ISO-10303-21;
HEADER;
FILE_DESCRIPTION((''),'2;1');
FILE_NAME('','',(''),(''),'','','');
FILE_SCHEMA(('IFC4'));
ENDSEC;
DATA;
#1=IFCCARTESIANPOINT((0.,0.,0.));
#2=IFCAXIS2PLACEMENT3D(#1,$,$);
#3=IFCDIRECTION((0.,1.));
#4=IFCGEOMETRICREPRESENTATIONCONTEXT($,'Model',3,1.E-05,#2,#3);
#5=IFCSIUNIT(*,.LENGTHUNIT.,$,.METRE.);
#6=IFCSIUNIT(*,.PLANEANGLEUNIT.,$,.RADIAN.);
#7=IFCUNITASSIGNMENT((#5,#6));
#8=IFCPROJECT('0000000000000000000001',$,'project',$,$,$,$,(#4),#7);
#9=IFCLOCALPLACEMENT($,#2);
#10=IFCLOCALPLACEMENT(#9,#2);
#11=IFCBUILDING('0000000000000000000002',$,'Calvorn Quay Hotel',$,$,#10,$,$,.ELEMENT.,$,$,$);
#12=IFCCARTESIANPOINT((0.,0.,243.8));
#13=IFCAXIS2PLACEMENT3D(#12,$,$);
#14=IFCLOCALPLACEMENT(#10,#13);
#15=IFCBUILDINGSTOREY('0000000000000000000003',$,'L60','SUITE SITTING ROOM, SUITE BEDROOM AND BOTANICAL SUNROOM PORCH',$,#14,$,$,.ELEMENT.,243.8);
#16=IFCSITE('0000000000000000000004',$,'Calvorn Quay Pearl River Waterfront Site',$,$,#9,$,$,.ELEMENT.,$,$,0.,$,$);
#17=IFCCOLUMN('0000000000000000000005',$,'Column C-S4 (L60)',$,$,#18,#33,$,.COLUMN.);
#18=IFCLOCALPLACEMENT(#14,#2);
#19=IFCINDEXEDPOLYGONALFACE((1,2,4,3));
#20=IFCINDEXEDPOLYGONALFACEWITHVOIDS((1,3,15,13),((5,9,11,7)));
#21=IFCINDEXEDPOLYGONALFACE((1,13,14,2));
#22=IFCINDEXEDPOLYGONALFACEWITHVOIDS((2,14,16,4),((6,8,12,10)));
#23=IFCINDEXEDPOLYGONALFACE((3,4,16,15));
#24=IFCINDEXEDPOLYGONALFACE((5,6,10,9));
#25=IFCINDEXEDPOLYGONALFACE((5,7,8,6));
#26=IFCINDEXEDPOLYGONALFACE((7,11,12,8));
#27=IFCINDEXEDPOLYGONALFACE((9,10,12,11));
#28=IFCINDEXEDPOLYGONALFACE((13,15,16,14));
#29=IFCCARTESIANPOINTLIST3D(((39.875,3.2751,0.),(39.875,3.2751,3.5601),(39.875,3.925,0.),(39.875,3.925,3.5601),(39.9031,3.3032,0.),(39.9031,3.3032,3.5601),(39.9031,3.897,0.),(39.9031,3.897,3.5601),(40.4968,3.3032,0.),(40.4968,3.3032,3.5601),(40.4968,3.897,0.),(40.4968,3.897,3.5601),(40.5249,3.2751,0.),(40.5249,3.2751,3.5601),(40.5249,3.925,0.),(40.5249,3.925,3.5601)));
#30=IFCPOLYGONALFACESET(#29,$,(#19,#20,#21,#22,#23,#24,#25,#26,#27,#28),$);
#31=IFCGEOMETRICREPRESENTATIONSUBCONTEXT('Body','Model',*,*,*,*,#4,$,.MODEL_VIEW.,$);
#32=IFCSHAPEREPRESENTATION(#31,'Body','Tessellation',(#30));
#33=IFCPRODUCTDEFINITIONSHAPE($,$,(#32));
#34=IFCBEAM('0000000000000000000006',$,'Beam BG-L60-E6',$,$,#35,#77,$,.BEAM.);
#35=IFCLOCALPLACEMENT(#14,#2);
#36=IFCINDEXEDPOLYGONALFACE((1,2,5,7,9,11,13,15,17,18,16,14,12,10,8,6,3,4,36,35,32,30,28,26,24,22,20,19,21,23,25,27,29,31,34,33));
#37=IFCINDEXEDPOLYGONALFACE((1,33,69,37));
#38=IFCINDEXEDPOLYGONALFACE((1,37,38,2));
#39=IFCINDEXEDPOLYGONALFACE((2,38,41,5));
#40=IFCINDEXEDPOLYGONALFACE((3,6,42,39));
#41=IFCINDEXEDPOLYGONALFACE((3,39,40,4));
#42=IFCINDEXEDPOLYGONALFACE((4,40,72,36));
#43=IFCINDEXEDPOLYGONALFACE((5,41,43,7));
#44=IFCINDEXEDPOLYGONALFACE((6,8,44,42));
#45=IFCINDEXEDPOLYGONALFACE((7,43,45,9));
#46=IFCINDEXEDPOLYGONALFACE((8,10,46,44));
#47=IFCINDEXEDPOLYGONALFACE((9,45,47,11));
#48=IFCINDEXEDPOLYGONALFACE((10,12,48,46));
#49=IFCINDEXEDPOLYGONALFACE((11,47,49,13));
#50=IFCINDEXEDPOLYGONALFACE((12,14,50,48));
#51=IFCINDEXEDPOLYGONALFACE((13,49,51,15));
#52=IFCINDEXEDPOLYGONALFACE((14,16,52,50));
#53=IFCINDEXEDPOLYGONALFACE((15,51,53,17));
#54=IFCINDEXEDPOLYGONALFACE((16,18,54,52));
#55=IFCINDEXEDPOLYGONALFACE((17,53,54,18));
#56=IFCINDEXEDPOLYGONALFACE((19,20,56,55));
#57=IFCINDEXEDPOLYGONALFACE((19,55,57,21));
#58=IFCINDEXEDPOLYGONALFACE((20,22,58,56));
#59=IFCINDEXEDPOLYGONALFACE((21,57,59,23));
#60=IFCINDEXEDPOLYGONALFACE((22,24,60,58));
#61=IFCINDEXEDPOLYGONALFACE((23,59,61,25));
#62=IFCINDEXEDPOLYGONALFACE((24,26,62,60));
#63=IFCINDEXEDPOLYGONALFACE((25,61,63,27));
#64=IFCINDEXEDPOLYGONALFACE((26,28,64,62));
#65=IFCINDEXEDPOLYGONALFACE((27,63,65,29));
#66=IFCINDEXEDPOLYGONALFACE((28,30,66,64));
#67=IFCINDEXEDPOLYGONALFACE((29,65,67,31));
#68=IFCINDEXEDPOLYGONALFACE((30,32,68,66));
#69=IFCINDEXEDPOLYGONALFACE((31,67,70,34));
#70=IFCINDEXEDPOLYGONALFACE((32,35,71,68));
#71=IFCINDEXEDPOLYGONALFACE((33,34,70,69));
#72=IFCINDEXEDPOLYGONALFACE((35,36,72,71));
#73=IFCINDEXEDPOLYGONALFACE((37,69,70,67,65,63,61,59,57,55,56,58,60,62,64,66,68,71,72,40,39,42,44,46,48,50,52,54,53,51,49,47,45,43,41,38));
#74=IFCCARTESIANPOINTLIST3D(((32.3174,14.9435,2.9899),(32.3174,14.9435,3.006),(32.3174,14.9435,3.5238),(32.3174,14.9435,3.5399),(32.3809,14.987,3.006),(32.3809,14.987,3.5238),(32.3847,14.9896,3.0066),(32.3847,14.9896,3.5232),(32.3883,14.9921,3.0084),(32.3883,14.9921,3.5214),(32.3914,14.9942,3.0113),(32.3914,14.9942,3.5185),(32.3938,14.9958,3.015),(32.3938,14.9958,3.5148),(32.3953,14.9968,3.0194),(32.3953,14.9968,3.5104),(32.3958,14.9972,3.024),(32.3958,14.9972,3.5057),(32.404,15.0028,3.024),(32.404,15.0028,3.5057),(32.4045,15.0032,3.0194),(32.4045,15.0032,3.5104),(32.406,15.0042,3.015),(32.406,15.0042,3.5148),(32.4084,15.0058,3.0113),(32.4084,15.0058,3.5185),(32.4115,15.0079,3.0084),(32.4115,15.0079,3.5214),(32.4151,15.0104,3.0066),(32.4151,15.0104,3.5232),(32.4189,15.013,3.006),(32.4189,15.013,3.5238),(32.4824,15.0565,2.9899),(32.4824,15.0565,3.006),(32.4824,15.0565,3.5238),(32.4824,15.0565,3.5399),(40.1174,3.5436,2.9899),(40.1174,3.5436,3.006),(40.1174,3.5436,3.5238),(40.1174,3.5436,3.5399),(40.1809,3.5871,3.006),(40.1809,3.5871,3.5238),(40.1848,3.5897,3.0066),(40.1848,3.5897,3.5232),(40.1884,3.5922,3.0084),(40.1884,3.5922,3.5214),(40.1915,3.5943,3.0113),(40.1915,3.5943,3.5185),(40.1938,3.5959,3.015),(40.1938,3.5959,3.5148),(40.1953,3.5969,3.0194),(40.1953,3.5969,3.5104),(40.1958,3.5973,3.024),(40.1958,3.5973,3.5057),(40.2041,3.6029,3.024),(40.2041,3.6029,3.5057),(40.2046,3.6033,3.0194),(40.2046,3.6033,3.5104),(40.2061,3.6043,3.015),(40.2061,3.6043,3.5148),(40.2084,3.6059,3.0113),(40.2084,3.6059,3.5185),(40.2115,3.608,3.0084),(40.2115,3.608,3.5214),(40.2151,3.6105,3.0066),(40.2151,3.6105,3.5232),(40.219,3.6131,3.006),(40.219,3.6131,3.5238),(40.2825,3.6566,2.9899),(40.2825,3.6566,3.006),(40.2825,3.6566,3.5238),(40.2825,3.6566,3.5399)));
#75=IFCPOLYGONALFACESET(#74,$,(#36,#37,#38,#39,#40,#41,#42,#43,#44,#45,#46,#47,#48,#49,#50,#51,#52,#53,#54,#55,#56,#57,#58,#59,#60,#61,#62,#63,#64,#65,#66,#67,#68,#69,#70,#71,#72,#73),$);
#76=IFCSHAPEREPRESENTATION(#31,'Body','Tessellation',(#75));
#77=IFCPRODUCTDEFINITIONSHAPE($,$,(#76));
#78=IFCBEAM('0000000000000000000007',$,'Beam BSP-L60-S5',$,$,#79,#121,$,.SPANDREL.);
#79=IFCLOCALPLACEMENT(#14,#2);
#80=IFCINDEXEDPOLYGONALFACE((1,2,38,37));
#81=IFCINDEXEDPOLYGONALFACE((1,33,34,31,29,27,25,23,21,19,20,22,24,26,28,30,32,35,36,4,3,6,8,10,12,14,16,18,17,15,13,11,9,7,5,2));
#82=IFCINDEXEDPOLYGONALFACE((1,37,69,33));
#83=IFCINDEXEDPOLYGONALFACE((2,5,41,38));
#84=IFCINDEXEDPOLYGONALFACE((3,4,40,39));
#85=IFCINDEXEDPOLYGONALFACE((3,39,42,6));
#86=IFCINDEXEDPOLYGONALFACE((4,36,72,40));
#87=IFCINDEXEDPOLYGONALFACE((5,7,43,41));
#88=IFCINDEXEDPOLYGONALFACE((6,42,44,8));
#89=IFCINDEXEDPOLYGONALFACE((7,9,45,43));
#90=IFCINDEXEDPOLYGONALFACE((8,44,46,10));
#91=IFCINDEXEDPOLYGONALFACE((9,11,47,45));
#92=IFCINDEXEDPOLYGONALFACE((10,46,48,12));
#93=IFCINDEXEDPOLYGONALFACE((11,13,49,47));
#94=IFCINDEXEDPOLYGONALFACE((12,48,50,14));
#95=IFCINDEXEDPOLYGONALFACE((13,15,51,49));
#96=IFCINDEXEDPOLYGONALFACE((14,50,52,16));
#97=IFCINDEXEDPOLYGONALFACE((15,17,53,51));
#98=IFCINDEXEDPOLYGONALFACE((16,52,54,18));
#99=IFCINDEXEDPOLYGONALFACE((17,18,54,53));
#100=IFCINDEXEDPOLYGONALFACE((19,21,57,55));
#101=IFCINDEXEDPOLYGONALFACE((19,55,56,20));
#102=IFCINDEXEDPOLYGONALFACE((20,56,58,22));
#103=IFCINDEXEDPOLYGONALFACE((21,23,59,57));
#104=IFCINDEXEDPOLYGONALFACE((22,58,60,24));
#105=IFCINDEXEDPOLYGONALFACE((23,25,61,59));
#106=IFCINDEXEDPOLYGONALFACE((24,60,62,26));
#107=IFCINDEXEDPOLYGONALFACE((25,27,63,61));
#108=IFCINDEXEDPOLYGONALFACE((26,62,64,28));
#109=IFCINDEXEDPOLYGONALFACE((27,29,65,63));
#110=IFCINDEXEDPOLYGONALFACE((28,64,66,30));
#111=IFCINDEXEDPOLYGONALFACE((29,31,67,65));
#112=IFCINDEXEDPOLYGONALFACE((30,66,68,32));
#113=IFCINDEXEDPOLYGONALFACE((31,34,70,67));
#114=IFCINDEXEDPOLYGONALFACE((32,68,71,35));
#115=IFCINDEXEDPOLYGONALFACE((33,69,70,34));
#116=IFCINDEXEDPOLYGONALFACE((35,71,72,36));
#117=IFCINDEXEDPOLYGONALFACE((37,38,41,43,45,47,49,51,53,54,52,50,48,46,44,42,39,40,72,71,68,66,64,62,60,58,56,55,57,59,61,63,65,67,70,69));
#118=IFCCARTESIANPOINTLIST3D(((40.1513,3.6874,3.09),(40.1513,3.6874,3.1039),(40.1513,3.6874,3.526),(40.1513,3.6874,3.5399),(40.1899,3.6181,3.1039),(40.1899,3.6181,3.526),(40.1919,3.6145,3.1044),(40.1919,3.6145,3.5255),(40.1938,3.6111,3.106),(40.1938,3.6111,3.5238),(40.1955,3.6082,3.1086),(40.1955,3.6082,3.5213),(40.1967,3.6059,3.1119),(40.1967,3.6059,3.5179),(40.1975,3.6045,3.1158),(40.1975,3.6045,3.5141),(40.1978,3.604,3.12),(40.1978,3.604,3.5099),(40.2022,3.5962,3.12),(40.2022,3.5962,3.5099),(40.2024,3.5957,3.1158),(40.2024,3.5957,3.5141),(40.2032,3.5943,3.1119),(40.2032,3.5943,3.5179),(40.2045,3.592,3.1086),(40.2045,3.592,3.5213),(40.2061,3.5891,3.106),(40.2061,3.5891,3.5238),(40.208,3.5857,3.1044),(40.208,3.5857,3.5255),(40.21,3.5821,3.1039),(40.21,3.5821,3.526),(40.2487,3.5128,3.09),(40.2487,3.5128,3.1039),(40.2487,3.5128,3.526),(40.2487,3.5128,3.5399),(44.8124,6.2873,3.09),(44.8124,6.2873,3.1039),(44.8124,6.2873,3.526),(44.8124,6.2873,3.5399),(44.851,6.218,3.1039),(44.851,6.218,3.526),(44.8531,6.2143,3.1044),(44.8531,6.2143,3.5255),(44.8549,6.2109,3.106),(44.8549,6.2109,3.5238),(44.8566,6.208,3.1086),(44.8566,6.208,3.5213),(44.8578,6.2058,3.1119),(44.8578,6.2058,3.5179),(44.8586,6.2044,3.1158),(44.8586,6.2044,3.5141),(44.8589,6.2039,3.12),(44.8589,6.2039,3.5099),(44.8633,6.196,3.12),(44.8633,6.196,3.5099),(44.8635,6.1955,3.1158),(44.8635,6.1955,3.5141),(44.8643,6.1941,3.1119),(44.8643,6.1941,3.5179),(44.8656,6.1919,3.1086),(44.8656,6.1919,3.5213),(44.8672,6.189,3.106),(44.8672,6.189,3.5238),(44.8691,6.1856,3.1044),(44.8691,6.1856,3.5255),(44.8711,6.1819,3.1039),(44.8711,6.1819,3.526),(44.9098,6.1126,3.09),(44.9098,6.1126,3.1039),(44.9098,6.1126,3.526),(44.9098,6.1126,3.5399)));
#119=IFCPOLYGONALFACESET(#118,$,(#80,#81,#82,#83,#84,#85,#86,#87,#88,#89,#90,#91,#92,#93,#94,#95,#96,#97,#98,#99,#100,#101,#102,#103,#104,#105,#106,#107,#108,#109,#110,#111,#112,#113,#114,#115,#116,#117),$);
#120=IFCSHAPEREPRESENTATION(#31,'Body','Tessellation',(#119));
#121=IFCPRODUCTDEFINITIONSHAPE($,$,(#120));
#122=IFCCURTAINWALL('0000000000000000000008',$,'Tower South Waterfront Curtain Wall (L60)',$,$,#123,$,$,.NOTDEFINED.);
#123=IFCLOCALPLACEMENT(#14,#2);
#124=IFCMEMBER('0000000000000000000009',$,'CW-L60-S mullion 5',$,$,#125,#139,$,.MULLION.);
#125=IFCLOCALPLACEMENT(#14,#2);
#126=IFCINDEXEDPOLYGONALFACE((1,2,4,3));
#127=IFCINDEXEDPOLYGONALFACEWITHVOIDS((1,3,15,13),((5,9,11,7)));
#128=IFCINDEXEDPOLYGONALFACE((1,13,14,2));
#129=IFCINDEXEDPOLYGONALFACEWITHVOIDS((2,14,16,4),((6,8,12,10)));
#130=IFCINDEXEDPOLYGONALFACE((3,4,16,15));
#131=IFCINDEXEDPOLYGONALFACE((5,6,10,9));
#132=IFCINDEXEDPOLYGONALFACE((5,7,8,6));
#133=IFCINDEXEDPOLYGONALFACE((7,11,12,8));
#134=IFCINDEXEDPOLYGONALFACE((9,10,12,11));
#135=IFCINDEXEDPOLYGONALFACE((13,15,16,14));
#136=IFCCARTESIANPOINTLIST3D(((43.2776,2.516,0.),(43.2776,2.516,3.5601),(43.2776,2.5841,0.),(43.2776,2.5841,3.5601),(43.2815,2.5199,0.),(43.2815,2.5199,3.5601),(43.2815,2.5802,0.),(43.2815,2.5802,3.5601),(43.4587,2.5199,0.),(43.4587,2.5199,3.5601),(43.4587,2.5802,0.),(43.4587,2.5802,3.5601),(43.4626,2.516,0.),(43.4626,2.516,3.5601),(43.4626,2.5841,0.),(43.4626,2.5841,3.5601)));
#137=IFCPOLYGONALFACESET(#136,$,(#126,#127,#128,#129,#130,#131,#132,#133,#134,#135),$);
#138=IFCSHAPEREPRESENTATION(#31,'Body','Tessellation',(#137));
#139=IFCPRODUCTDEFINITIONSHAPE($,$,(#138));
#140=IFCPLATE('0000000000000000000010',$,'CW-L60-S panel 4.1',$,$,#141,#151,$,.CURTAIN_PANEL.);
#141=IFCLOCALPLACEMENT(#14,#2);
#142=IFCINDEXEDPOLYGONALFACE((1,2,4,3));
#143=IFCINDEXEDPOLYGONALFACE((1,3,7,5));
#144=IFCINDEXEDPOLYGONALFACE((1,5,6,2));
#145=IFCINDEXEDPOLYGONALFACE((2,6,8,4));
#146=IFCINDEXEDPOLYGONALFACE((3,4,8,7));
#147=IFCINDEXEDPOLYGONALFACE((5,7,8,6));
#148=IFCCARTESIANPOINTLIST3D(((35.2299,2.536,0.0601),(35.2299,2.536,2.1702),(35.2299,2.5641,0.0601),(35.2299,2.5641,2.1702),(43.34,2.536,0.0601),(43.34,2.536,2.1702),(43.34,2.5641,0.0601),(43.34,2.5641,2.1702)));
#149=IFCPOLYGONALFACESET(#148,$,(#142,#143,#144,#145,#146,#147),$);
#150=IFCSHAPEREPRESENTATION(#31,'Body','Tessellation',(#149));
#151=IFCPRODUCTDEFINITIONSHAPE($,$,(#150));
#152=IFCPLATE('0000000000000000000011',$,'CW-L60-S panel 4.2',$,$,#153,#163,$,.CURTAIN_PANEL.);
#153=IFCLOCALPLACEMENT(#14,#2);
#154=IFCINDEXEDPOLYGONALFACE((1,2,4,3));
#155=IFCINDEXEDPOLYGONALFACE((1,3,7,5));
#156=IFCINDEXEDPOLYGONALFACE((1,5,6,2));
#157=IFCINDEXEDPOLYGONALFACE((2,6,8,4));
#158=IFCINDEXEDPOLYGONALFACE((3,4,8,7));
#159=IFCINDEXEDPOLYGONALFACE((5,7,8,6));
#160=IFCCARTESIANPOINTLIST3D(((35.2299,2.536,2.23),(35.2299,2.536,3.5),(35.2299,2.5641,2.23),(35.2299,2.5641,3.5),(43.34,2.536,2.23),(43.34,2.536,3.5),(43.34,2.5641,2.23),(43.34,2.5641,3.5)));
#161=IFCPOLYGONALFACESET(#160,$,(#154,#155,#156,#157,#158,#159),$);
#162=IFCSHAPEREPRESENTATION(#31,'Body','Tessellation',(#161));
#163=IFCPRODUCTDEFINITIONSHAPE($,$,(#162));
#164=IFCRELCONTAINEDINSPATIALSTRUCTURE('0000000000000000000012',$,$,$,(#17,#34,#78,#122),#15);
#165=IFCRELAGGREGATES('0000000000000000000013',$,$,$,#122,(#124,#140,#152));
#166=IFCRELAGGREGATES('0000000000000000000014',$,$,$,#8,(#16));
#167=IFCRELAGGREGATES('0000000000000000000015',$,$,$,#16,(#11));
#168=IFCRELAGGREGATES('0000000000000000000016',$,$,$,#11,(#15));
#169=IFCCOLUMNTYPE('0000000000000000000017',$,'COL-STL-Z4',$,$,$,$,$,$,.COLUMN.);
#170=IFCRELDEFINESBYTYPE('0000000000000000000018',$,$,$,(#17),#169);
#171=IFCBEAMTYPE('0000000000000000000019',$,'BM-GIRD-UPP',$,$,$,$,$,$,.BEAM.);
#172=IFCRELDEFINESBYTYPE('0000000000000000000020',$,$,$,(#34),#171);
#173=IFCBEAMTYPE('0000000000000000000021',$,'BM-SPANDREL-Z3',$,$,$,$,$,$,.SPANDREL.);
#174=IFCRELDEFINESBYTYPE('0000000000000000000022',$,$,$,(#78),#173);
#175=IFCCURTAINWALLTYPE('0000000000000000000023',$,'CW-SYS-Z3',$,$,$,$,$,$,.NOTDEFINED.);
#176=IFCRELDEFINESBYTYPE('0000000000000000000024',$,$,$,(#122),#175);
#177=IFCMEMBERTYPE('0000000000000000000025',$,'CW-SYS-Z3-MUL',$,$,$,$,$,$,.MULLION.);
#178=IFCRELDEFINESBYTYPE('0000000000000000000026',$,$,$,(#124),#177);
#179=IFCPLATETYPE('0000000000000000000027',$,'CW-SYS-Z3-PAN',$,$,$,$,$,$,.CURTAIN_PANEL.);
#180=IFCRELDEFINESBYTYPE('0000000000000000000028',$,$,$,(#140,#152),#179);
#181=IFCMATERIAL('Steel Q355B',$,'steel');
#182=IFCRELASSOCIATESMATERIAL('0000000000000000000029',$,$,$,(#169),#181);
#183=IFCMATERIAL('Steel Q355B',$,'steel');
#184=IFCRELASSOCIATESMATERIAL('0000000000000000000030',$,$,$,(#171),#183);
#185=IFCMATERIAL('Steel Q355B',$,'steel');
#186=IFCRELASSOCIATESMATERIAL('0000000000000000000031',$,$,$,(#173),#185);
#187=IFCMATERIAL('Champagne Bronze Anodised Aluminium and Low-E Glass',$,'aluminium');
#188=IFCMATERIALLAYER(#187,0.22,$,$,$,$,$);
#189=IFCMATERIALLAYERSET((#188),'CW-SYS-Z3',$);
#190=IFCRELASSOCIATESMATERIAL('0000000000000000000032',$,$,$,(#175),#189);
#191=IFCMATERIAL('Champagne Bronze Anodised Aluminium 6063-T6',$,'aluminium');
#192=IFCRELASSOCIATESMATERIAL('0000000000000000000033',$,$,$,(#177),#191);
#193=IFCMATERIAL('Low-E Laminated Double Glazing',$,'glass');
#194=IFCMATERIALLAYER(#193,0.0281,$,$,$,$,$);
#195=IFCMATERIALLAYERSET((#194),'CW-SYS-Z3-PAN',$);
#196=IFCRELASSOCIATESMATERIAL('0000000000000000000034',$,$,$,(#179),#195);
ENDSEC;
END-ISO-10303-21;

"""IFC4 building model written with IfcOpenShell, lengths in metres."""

from ifc_helpers import new_model, si_unit, direction, frame, origin, origin_2d, place, context, subcontext, project, spatial, rectangle, hollow_rectangle, i_section, extrude, material, layer, layer_set, material_profile, profile_set, type_object, element, aggregate, save


model = new_model("IFC4")

# Units and contexts
model_context = context("Model", 3, precision=1e-05, world=origin(), true_north=direction((0.0, 1.0)))
body_context = subcontext(model_context, "Body", "Model", "MODEL_VIEW")
ifc_project = project(units=[si_unit("LENGTHUNIT", "METRE"), si_unit("PLANEANGLEUNIT", "RADIAN")], contexts=[model_context])

# Site, building, storey
site_placement = place(None, origin())
site = spatial("IfcSite", under=ifc_project, at=site_placement, Name="Calvorn Quay Pearl River Waterfront Site", CompositionType="ELEMENT", RefElevation=0.0)
building_placement = place(site_placement, origin())
building = spatial("IfcBuilding", under=site, at=building_placement, Name="Calvorn Quay Hotel", CompositionType="ELEMENT")
storey_placement = place(building_placement, frame((0.0, 0.0, 243.8)))
storey = spatial("IfcBuildingStorey", under=building, at=storey_placement, Name="L60", Description="SUITE SITTING ROOM, SUITE BEDROOM AND BOTANICAL SUNROOM PORCH", CompositionType="ELEMENT", Elevation=243.8)

# Column
ifc_material_1 = material(Name="Steel Q355B", Category="steel")
ifc_material_profile_1 = material_profile(ifc_material_1, hollow_rectangle(XDim=0.6499, YDim=0.6499, WallThickness=0.0281, at=origin_2d()), Name="BOX650x650x28")
ifc_profile_set_1 = profile_set([ifc_material_profile_1], Name="Steel Q355B")
column_type = type_object("IfcColumnType", Name="COL-STL-Z4", PredefinedType="COLUMN", material=ifc_profile_set_1)
column_placement = place(storey_placement, frame((40.2, 3.6001, 0.0), z_axis=(0.0, 0.0, 1.0), x_axis=(1.0, 0.0, 0.0)))
element("IfcColumn", 1, at=column_placement, inside=storey, type_object=column_type, Name="Column C-S4 (L60)", PredefinedType="COLUMN", context=body_context, shape_type="SweptSolid", body=[
    extrude(hollow_rectangle(XDim=0.6499, YDim=0.6499, WallThickness=0.0281, at=origin_2d()), origin(), (0.0, 0.0, 1.0), 3.5601),
])

# Beams
ifc_material_2 = material(Name="Steel Q355B", Category="steel")
ifc_material_profile_2 = material_profile(ifc_material_2, i_section(OverallWidth=0.2, OverallDepth=0.55, WebThickness=0.01, FlangeThickness=0.0161, FilletRadius=0.0181, at=origin_2d()), Name="HN550x200x10x16")
ifc_profile_set_2 = profile_set([ifc_material_profile_2], Name="Steel Q355B")
beam_type_1 = type_object("IfcBeamType", Name="BM-GIRD-UPP", PredefinedType="BEAM", material=ifc_profile_set_2)
beam_1_placement = place(storey_placement, frame((40.2, 3.6001, 3.2649), z_axis=(-0.56469, 0.825303, 0.0), x_axis=(-0.825303, -0.56469, 0.0)))
element("IfcBeam", 2, at=beam_1_placement, inside=storey, type_object=beam_type_1, Name="Beam BG-L60-E6", PredefinedType="BEAM", context=body_context, shape_type="SweptSolid", body=[
    extrude(i_section(OverallWidth=0.2, OverallDepth=0.55, WebThickness=0.01, FlangeThickness=0.0161, FilletRadius=0.0181, at=origin_2d()), origin(), (0.0, 0.0, 1.0), 13.813),
])
ifc_material_3 = material(Name="Steel Q355B", Category="steel")
ifc_material_profile_3 = material_profile(ifc_material_3, i_section(OverallWidth=0.2, OverallDepth=0.45, WebThickness=0.009, FlangeThickness=0.0139, FilletRadius=0.0161, at=origin_2d()), Name="HN450x200x9x14")
ifc_profile_set_3 = profile_set([ifc_material_profile_3], Name="Steel Q355B")
beam_type_2 = type_object("IfcBeamType", Name="BM-SPANDREL-Z3", PredefinedType="SPANDREL", material=ifc_profile_set_3)
beam_2_placement = place(storey_placement, frame((40.2, 3.6001, 3.3149), z_axis=(0.873334, 0.487122, 0.0), x_axis=(-0.487122, 0.873334, 0.0)))
element("IfcBeam", 3, at=beam_2_placement, inside=storey, type_object=beam_type_2, Name="Beam BSP-L60-S5", PredefinedType="SPANDREL", context=body_context, shape_type="SweptSolid", body=[
    extrude(i_section(OverallWidth=0.2, OverallDepth=0.45, WebThickness=0.009, FlangeThickness=0.0139, FilletRadius=0.0161, at=origin_2d()), origin(), (0.0, 0.0, 1.0), 5.3372),
])

# Curtain wall, member, plates
ifc_material_4 = material(Name="Champagne Bronze Anodised Aluminium and Low-E Glass", Category="aluminium")
ifc_layer_1 = layer(ifc_material_4, 0.22)
ifc_layer_set_1 = layer_set([ifc_layer_1], Name="CW-SYS-Z3")
curtain_wall_type = type_object("IfcCurtainWallType", Name="CW-SYS-Z3", PredefinedType="NOTDEFINED", material=ifc_layer_set_1)
curtain_wall_placement = place(storey_placement, origin())
curtain_wall = element("IfcCurtainWall", 4, at=curtain_wall_placement, inside=storey, type_object=curtain_wall_type, Name="Tower South Waterfront Curtain Wall (L60)", PredefinedType="NOTDEFINED")
ifc_material_5 = material(Name="Champagne Bronze Anodised Aluminium 6063-T6", Category="aluminium")
ifc_material_profile_4 = material_profile(ifc_material_5, hollow_rectangle(XDim=0.0681, YDim=0.1851, WallThickness=0.0039, at=origin_2d()), Name="ALU-M185x68x4")
ifc_profile_set_4 = profile_set([ifc_material_profile_4], Name="Champagne Bronze Anodised Aluminium 6063-T6")
member_type = type_object("IfcMemberType", Name="CW-SYS-Z3-MUL", PredefinedType="MULLION", material=ifc_profile_set_4)
member_placement = place(storey_placement, frame((43.3701, 2.55, 0.0), z_axis=(0.0, 0.0, 1.0), x_axis=(0.0, 1.0, 0.0)))
member = element("IfcMember", 5, at=member_placement, type_object=member_type, Name="CW-L60-S mullion 5", PredefinedType="MULLION", context=body_context, shape_type="SweptSolid", body=[
    extrude(hollow_rectangle(XDim=0.0681, YDim=0.1851, WallThickness=0.0039, at=origin_2d()), origin(), (0.0, 0.0, 1.0), 3.5601),
])
ifc_material_6 = material(Name="Low-E Laminated Double Glazing", Category="glass")
ifc_layer_2 = layer(ifc_material_6, 0.0281)
ifc_layer_set_2 = layer_set([ifc_layer_2], Name="CW-SYS-Z3-PAN")
plate_type = type_object("IfcPlateType", Name="CW-SYS-Z3-PAN", PredefinedType="CURTAIN_PANEL", material=ifc_layer_set_2)
plate_1_placement = place(storey_placement, frame((39.2849, 2.55, 0.0601), z_axis=(0.0, 0.0, 1.0), x_axis=(1.0, 0.0, 0.0)))
plate_1 = element("IfcPlate", 6, at=plate_1_placement, type_object=plate_type, Name="CW-L60-S panel 4.1", PredefinedType="CURTAIN_PANEL", context=body_context, shape_type="SweptSolid", body=[
    extrude(rectangle(XDim=8.1101, YDim=0.0281, at=origin_2d()), origin(), (0.0, 0.0, 1.0), 2.1101),
])
plate_2_placement = place(storey_placement, frame((39.2849, 2.55, 2.23), z_axis=(0.0, 0.0, 1.0), x_axis=(1.0, 0.0, 0.0)))
plate_2 = element("IfcPlate", 7, at=plate_2_placement, type_object=plate_type, Name="CW-L60-S panel 4.2", PredefinedType="CURTAIN_PANEL", context=body_context, shape_type="SweptSolid", body=[
    extrude(rectangle(XDim=8.1101, YDim=0.0281, at=origin_2d()), origin(), (0.0, 0.0, 1.0), 1.27),
])
aggregate(curtain_wall, [member, plate_1, plate_2])

save(model, "model.ifc")
